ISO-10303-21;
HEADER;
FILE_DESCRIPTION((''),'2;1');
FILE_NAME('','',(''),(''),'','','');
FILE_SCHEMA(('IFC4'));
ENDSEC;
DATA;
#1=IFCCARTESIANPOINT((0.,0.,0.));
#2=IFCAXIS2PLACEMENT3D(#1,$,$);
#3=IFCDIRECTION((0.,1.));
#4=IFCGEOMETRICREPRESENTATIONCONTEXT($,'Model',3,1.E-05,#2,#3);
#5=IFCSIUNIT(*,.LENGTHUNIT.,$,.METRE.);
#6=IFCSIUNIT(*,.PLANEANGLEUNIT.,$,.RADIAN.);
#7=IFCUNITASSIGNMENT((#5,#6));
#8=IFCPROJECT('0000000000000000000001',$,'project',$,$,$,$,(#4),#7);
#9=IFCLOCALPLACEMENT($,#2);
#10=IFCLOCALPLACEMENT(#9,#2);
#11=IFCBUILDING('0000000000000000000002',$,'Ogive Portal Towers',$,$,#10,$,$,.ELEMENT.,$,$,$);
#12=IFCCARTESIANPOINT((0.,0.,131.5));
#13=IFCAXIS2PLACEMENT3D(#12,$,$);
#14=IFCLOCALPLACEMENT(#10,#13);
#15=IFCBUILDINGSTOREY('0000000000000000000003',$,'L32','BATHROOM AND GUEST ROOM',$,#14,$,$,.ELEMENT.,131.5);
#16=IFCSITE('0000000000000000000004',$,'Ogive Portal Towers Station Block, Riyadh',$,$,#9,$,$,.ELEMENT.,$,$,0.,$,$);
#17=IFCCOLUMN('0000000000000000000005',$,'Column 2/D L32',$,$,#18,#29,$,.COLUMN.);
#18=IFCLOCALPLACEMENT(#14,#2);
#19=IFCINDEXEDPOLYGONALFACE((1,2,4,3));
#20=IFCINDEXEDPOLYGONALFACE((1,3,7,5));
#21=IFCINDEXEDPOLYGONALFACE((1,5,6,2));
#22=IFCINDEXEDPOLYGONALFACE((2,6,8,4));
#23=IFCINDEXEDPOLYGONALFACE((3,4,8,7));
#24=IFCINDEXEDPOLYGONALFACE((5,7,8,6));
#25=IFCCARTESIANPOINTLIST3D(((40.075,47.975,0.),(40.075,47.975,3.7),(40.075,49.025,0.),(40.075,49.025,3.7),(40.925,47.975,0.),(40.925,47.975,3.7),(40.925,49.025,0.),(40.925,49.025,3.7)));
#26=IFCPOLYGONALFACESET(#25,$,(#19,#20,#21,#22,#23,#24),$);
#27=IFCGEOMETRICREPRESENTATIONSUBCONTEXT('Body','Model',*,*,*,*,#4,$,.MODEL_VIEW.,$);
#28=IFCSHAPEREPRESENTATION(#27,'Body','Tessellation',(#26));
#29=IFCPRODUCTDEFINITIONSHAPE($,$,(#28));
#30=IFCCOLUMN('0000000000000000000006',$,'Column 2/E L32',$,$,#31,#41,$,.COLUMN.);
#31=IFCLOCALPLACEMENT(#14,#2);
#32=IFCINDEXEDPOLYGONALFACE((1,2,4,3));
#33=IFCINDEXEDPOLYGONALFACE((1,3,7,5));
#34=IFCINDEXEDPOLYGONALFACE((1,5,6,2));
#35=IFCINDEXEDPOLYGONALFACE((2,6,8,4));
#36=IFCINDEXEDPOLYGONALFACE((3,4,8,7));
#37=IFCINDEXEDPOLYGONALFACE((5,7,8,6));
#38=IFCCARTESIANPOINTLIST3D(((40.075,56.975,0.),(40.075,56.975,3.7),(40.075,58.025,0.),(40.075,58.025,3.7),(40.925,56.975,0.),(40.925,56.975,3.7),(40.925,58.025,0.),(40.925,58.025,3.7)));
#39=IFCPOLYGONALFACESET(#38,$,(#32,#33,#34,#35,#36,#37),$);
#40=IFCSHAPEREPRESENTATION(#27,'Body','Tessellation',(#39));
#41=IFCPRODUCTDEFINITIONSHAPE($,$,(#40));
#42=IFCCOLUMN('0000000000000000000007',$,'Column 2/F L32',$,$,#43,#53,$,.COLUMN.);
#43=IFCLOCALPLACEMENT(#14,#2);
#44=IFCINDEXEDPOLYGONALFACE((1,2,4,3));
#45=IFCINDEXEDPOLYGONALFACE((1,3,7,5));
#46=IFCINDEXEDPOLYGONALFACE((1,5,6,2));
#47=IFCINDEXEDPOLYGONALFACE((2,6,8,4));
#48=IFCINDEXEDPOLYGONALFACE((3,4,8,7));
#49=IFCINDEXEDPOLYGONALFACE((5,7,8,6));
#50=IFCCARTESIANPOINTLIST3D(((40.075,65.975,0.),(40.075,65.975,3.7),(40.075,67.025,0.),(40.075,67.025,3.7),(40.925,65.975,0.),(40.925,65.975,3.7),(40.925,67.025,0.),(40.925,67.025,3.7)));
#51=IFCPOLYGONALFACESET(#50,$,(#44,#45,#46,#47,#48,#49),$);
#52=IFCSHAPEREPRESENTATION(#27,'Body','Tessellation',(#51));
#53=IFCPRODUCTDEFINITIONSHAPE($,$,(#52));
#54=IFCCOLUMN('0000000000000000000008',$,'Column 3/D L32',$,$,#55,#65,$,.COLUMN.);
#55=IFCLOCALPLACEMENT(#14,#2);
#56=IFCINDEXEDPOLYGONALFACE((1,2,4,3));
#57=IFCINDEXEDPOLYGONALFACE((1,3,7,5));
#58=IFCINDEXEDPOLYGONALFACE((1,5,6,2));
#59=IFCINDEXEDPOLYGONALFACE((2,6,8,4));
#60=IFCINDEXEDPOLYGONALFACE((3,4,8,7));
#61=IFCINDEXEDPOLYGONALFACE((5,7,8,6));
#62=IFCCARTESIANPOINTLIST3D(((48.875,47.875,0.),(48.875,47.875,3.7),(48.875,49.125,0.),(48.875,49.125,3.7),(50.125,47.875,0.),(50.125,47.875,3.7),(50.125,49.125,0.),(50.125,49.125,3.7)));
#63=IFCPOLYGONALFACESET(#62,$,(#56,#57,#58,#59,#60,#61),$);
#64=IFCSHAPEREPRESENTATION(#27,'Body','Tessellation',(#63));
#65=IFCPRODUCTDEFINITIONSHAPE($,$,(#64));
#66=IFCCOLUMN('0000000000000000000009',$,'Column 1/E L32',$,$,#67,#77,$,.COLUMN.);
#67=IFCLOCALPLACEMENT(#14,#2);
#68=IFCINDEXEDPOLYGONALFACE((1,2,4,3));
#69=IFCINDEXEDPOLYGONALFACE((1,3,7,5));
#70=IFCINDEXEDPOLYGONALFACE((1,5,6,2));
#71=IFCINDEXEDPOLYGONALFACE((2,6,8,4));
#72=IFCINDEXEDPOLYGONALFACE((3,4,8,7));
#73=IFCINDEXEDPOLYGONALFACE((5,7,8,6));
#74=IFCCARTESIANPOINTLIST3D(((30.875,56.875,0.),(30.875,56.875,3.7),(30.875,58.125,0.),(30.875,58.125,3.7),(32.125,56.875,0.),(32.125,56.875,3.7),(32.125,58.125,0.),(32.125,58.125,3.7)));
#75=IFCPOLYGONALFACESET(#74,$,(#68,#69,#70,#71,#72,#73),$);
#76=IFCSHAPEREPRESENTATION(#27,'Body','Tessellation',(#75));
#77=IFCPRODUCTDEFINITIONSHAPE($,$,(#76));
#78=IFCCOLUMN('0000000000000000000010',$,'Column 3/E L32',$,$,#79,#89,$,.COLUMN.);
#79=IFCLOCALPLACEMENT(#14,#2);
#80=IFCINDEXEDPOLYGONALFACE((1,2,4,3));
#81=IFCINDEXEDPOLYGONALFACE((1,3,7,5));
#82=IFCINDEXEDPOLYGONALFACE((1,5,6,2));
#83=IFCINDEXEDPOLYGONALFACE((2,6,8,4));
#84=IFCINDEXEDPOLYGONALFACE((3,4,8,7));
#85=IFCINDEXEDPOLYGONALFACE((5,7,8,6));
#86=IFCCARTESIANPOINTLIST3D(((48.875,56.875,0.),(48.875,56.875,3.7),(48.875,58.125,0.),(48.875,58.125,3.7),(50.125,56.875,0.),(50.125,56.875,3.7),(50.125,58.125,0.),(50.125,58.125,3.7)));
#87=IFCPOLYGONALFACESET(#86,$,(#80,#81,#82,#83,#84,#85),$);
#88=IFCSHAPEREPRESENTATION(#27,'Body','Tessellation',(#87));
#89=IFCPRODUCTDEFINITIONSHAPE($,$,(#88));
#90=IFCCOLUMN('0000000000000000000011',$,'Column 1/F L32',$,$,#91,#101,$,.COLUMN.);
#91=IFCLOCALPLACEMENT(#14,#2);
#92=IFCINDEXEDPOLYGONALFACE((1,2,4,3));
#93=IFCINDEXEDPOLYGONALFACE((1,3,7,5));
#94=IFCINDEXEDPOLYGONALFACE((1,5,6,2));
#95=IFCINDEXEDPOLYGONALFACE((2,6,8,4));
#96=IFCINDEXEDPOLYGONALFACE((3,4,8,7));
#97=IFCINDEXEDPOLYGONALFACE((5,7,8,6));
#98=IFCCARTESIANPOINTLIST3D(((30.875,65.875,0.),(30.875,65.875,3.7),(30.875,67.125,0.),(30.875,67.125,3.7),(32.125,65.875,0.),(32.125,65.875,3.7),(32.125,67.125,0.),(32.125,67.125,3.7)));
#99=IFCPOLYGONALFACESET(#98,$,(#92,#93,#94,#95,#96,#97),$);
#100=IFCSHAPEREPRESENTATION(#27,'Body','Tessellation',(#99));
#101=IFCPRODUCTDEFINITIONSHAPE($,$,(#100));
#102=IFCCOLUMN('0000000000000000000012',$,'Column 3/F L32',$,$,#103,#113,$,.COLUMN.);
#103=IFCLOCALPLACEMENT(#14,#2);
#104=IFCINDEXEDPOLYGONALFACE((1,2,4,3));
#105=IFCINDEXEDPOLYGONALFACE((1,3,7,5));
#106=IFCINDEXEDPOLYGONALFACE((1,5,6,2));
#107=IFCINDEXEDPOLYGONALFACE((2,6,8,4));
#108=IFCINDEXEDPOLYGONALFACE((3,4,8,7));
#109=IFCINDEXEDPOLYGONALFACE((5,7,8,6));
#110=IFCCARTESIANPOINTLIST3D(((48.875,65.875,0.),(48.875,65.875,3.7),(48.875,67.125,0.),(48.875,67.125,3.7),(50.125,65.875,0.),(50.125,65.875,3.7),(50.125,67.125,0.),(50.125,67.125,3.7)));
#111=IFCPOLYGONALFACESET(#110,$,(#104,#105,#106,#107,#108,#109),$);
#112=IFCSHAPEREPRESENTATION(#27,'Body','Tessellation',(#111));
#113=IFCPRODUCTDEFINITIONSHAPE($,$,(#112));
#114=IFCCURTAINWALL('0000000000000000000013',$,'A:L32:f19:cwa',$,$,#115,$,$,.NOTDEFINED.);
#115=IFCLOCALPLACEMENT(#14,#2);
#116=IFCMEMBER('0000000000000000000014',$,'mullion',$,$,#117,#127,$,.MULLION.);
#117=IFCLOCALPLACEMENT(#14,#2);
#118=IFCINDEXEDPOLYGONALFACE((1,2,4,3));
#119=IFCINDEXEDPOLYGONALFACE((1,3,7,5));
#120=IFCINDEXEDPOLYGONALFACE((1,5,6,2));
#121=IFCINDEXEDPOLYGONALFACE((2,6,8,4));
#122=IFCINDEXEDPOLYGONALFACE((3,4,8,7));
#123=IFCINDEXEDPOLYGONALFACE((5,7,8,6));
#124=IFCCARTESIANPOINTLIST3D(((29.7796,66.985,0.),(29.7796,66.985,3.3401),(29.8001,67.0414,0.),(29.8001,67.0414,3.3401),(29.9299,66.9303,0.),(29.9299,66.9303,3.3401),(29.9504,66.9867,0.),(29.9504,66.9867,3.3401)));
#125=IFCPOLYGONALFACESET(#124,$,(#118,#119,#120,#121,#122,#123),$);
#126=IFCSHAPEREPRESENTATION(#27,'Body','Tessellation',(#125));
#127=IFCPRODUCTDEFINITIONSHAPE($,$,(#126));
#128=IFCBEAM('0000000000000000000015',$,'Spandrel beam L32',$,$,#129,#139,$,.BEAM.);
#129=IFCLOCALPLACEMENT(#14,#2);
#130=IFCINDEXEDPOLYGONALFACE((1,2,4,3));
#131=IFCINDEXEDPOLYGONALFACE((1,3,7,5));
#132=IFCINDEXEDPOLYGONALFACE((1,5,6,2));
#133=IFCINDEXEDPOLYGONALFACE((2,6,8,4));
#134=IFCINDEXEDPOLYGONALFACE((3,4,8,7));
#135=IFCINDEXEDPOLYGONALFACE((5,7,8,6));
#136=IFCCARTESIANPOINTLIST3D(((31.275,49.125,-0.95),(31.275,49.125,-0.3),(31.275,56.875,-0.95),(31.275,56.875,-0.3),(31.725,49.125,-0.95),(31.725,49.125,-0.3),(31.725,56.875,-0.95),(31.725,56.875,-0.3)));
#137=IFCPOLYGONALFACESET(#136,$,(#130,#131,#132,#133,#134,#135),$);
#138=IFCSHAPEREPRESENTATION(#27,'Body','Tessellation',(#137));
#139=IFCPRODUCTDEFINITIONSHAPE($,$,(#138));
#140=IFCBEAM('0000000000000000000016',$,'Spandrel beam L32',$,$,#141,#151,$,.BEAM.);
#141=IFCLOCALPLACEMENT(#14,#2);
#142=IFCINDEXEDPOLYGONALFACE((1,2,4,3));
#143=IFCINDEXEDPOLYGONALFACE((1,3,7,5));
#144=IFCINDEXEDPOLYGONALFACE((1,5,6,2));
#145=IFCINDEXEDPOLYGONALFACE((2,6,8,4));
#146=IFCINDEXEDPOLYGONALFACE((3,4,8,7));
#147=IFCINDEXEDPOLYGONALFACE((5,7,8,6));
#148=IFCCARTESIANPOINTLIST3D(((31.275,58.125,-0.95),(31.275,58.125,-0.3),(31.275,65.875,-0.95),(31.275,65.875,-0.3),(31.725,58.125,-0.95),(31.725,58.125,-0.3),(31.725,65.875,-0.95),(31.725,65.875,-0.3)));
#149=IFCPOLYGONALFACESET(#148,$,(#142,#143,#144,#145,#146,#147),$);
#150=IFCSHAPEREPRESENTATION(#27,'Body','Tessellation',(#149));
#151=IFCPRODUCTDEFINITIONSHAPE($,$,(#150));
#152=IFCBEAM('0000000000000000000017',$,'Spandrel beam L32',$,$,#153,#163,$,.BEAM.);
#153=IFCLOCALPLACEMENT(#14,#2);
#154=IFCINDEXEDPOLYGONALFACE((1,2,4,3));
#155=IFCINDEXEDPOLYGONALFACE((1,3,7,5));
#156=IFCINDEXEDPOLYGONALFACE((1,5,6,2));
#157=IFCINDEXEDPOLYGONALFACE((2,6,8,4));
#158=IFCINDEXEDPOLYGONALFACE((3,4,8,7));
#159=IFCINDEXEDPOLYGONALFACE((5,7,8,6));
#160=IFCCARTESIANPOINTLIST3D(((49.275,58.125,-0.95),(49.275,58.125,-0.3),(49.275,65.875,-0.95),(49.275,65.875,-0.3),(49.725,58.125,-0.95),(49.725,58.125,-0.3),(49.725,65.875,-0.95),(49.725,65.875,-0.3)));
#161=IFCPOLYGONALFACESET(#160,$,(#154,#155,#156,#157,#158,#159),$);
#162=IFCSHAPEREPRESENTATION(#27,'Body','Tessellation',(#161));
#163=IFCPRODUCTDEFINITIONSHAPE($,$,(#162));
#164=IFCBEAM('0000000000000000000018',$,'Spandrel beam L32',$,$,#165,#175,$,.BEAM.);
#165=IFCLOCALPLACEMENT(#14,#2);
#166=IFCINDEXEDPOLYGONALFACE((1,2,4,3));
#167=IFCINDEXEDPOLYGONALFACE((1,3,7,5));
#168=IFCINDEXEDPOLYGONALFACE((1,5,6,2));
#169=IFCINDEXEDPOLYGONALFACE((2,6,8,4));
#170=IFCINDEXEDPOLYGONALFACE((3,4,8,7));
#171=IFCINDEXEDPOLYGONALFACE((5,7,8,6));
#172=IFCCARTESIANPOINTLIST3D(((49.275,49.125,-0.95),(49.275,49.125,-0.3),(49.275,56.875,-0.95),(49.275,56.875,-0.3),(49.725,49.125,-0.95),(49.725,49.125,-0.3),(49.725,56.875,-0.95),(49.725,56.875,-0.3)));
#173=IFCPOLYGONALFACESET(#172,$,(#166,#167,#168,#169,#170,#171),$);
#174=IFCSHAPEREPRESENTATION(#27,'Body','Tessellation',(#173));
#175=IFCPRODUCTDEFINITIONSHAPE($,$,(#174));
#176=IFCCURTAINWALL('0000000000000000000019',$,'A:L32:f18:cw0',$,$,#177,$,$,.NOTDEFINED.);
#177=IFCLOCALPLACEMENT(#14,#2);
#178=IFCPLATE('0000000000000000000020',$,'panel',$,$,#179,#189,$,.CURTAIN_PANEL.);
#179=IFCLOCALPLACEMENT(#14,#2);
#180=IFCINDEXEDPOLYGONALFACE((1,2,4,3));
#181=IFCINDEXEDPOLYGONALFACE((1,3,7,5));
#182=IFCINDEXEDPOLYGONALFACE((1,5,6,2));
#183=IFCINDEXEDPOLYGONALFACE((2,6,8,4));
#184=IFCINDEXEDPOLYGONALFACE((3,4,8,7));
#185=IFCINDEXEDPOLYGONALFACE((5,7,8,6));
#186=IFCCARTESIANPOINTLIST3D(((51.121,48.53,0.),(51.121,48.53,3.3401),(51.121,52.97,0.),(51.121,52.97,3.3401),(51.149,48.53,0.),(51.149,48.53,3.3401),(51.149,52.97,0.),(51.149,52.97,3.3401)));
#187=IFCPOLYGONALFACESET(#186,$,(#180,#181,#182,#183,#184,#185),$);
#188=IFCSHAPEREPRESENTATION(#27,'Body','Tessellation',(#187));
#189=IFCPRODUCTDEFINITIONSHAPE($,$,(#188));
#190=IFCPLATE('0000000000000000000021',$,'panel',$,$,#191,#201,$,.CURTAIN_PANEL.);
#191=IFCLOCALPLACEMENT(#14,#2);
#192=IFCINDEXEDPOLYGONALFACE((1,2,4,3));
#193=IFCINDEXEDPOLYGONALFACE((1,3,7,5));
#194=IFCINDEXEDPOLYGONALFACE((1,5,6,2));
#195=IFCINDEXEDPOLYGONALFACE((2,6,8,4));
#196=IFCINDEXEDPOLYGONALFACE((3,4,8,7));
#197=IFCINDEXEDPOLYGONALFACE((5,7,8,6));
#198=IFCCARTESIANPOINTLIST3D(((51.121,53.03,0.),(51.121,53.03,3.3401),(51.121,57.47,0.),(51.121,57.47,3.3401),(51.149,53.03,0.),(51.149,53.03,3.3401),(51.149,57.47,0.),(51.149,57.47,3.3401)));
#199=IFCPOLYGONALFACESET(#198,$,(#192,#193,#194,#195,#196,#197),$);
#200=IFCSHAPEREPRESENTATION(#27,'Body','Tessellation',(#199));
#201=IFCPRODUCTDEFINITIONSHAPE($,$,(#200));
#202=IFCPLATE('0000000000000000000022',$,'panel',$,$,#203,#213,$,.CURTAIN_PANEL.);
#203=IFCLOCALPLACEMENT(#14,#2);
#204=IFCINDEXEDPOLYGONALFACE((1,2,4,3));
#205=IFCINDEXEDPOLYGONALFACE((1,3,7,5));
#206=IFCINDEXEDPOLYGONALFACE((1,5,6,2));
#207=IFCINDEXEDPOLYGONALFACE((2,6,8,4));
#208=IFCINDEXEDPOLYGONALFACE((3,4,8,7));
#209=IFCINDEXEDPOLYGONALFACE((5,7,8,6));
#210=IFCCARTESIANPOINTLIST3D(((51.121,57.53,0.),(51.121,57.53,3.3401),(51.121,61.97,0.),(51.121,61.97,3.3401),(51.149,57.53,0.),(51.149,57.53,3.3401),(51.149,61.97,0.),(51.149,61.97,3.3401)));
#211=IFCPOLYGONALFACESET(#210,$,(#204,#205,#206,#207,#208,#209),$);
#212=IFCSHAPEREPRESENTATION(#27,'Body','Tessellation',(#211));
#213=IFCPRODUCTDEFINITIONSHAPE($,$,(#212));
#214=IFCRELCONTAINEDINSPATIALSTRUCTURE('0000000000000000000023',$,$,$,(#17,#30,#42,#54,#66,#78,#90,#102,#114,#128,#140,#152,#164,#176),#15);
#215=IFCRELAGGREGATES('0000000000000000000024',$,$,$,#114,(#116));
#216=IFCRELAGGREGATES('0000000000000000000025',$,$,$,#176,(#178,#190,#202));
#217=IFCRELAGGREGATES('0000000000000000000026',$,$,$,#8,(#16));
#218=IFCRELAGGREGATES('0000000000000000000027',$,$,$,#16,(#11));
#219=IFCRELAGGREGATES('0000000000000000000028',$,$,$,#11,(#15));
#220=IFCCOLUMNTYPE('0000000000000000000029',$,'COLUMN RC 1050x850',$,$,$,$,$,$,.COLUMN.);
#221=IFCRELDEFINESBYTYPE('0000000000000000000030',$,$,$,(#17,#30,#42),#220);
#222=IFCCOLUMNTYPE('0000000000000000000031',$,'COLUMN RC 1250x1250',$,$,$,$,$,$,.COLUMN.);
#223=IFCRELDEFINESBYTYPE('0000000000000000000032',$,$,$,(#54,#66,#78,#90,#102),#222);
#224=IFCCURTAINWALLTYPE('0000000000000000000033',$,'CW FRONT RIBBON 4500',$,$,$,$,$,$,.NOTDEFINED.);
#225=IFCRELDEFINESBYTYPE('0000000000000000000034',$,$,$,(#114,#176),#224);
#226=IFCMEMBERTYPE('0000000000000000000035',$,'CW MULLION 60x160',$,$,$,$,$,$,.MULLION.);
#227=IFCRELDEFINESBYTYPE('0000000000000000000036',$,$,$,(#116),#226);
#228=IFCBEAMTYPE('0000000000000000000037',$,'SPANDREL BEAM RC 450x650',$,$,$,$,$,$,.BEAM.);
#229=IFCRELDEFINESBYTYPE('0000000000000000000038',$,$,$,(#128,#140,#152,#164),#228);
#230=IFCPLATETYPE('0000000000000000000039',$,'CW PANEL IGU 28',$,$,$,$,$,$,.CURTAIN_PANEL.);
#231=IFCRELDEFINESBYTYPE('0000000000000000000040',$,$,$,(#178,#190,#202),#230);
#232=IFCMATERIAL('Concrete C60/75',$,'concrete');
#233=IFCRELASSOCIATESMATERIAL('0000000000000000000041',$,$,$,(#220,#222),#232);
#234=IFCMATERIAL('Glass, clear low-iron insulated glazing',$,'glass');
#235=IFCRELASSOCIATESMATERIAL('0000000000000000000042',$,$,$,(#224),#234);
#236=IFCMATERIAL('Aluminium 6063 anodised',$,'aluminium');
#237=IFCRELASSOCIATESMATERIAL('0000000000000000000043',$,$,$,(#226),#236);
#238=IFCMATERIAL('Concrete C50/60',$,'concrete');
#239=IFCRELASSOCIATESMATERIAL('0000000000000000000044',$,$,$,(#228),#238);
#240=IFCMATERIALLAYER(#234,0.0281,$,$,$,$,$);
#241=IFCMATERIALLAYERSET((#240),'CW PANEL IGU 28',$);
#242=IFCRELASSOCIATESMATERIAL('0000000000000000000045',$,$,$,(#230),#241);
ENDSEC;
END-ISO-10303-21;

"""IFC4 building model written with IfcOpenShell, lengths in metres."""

from ifc_helpers import new_model, si_unit, direction, frame, origin, origin_2d, place, context, subcontext, project, spatial, rectangle, extrude, material, layer, layer_set, material_profile, profile_set, type_object, element, aggregate, save


model = new_model("IFC4")

# Units and contexts
model_context = context("Model", 3, precision=1e-05, world=origin(), true_north=direction((0.0, 1.0)))
body_context = subcontext(model_context, "Body", "Model", "MODEL_VIEW")
ifc_project = project(units=[si_unit("LENGTHUNIT", "METRE"), si_unit("PLANEANGLEUNIT", "RADIAN")], contexts=[model_context])

# Site, building, storey
site_placement = place(None, origin())
site = spatial("IfcSite", under=ifc_project, at=site_placement, Name="Ogive Portal Towers Station Block, Riyadh", CompositionType="ELEMENT", RefElevation=0.0)
building_placement = place(site_placement, origin())
building = spatial("IfcBuilding", under=site, at=building_placement, Name="Ogive Portal Towers", CompositionType="ELEMENT")
storey_placement = place(building_placement, frame((0.0, 0.0, 131.5)))
storey = spatial("IfcBuildingStorey", under=building, at=storey_placement, Name="L32", Description="BATHROOM AND GUEST ROOM", CompositionType="ELEMENT", Elevation=131.5)

# Columns
ifc_material_1 = material(Name="Concrete C60/75", Category="concrete")
ifc_material_profile_1 = material_profile(ifc_material_1, rectangle(XDim=1.05, YDim=0.8501, at=origin_2d()), Name="RC 1050x850")
ifc_profile_set_1 = profile_set([ifc_material_profile_1], Name="Concrete C60/75")
column_type_1 = type_object("IfcColumnType", Name="COLUMN RC 1050x850", PredefinedType="COLUMN", material=ifc_profile_set_1)
for number, where, z_axis, x_axis, name in (
    (1, (40.5, 48.5, 0.0), (0.0, 0.0, 1.0), (0.0, 1.0, 0.0), "Column 2/D L32"),
    (2, (40.5, 57.5, 0.0), (0.0, 0.0, 1.0), (0.0, 1.0, 0.0), "Column 2/E L32"),
    (3, (40.5, 66.5, 0.0), (0.0, 0.0, 1.0), (0.0, 1.0, 0.0), "Column 2/F L32"),
):
    element("IfcColumn", number, at=place(storey_placement, frame(where, z_axis=z_axis, x_axis=x_axis)), inside=storey, type_object=column_type_1, Name=name, PredefinedType="COLUMN", context=body_context, shape_type="SweptSolid", body=[
        extrude(rectangle(XDim=1.05, YDim=0.8501, at=origin_2d()), origin(), (0.0, 0.0, 1.0), 3.7),
    ])
ifc_material_profile_2 = material_profile(ifc_material_1, rectangle(XDim=1.25, YDim=1.25, at=origin_2d()), Name="RC 1250x1250")
ifc_profile_set_2 = profile_set([ifc_material_profile_2], Name="Concrete C60/75")
column_type_2 = type_object("IfcColumnType", Name="COLUMN RC 1250x1250", PredefinedType="COLUMN", material=ifc_profile_set_2)
for number, where, z_axis, x_axis, name in (
    (4, (49.5, 48.5, 0.0), (0.0, 0.0, 1.0), (1.0, 0.0, 0.0), "Column 3/D L32"),
    (5, (31.5, 57.5, 0.0), (0.0, 0.0, 1.0), (1.0, 0.0, 0.0), "Column 1/E L32"),
    (6, (49.5, 57.5, 0.0), (0.0, 0.0, 1.0), (1.0, 0.0, 0.0), "Column 3/E L32"),
    (7, (31.5, 66.5, 0.0), (0.0, 0.0, 1.0), (1.0, 0.0, 0.0), "Column 1/F L32"),
    (8, (49.5, 66.5, 0.0), (0.0, 0.0, 1.0), (1.0, 0.0, 0.0), "Column 3/F L32"),
):
    element("IfcColumn", number, at=place(storey_placement, frame(where, z_axis=z_axis, x_axis=x_axis)), inside=storey, type_object=column_type_2, Name=name, PredefinedType="COLUMN", context=body_context, shape_type="SweptSolid", body=[
        extrude(rectangle(XDim=1.25, YDim=1.25, at=origin_2d()), origin(), (0.0, 0.0, 1.0), 3.7),
    ])

# Curtain wall, member
ifc_material_2 = material(Name="Glass, clear low-iron insulated glazing", Category="glass")
curtain_wall_type = type_object("IfcCurtainWallType", Name="CW FRONT RIBBON 4500", PredefinedType="NOTDEFINED", material=ifc_material_2)
curtain_wall_1_placement = place(storey_placement, origin())
curtain_wall_1 = element("IfcCurtainWall", 9, at=curtain_wall_1_placement, inside=storey, type_object=curtain_wall_type, Name="A:L32:f19:cwa", PredefinedType="NOTDEFINED")
ifc_material_3 = material(Name="Aluminium 6063 anodised", Category="aluminium")
ifc_material_profile_3 = material_profile(ifc_material_3, rectangle(XDim=0.1599, YDim=0.0601, at=origin_2d()), Name="AL 60x160")
ifc_profile_set_3 = profile_set([ifc_material_profile_3], Name="Aluminium 6063 anodised")
member_type = type_object("IfcMemberType", Name="CW MULLION 60x160", PredefinedType="MULLION", material=ifc_profile_set_3)
member_placement = place(storey_placement, frame((29.865, 66.9858, 0.0), z_axis=(0.0, 0.0, 1.0), x_axis=(0.939693, -0.34202, 0.0)))
member = element("IfcMember", 10, at=member_placement, type_object=member_type, Name="mullion", PredefinedType="MULLION", context=body_context, shape_type="SweptSolid", body=[
    extrude(rectangle(XDim=0.1599, YDim=0.0601, at=origin_2d()), origin(), (0.0, 0.0, 1.0), 3.3401),
])
aggregate(curtain_wall_1, [member])

# Beams
ifc_material_4 = material(Name="Concrete C50/60", Category="concrete")
ifc_material_profile_4 = material_profile(ifc_material_4, rectangle(XDim=0.45, YDim=0.6499, at=origin_2d()), Name="RC 450x650")
ifc_profile_set_4 = profile_set([ifc_material_profile_4], Name="Concrete C50/60")
beam_type = type_object("IfcBeamType", Name="SPANDREL BEAM RC 450x650", PredefinedType="BEAM", material=ifc_profile_set_4)
for number, where, z_axis, x_axis, name in (
    (11, (31.5, 49.125, -0.625), (0.0, 1.0, 0.0), (-1.0, 0.0, 0.0), "Spandrel beam L32"),
    (12, (31.5, 58.125, -0.625), (0.0, 1.0, 0.0), (-1.0, 0.0, 0.0), "Spandrel beam L32"),
    (13, (49.5, 65.875, -0.625), (0.0, -1.0, 0.0), (1.0, 0.0, 0.0), "Spandrel beam L32"),
    (14, (49.5, 56.875, -0.625), (0.0, -1.0, 0.0), (1.0, 0.0, 0.0), "Spandrel beam L32"),
):
    element("IfcBeam", number, at=place(storey_placement, frame(where, z_axis=z_axis, x_axis=x_axis)), inside=storey, type_object=beam_type, Name=name, PredefinedType="BEAM", context=body_context, shape_type="SweptSolid", body=[
        extrude(rectangle(XDim=0.45, YDim=0.6499, at=origin_2d()), origin(), (0.0, 0.0, 1.0), 7.75),
    ])

# Curtain wall, plates
curtain_wall_2_placement = place(storey_placement, origin())
curtain_wall_2 = element("IfcCurtainWall", 15, at=curtain_wall_2_placement, inside=storey, type_object=curtain_wall_type, Name="A:L32:f18:cw0", PredefinedType="NOTDEFINED")
ifc_layer_1 = layer(ifc_material_2, 0.0281)
ifc_layer_set_1 = layer_set([ifc_layer_1], Name="CW PANEL IGU 28")
plate_type = type_object("IfcPlateType", Name="CW PANEL IGU 28", PredefinedType="CURTAIN_PANEL", material=ifc_layer_set_1)
plate_1_placement = place(storey_placement, frame((51.135, 50.75, 0.0), z_axis=(0.0, 0.0, 1.0), x_axis=(0.0, 1.0, 0.0)))
plate_1 = element("IfcPlate", 16, at=plate_1_placement, type_object=plate_type, Name="panel", PredefinedType="CURTAIN_PANEL", context=body_context, shape_type="SweptSolid", body=[
    extrude(rectangle(XDim=4.4399, YDim=0.0281, at=origin_2d()), origin(), (0.0, 0.0, 1.0), 3.3401),
])
plate_2_placement = place(storey_placement, frame((51.135, 55.25, 0.0), z_axis=(0.0, 0.0, 1.0), x_axis=(0.0, 1.0, 0.0)))
plate_2 = element("IfcPlate", 17, at=plate_2_placement, type_object=plate_type, Name="panel", PredefinedType="CURTAIN_PANEL", context=body_context, shape_type="SweptSolid", body=[
    extrude(rectangle(XDim=4.4399, YDim=0.0281, at=origin_2d()), origin(), (0.0, 0.0, 1.0), 3.3401),
])
plate_3_placement = place(storey_placement, frame((51.135, 59.75, 0.0), z_axis=(0.0, 0.0, 1.0), x_axis=(0.0, 1.0, 0.0)))
plate_3 = element("IfcPlate", 18, at=plate_3_placement, type_object=plate_type, Name="panel", PredefinedType="CURTAIN_PANEL", context=body_context, shape_type="SweptSolid", body=[
    extrude(rectangle(XDim=4.4399, YDim=0.0281, at=origin_2d()), origin(), (0.0, 0.0, 1.0), 3.3401),
])
aggregate(curtain_wall_2, [plate_1, plate_2, plate_3])

save(model, "model.ifc")
